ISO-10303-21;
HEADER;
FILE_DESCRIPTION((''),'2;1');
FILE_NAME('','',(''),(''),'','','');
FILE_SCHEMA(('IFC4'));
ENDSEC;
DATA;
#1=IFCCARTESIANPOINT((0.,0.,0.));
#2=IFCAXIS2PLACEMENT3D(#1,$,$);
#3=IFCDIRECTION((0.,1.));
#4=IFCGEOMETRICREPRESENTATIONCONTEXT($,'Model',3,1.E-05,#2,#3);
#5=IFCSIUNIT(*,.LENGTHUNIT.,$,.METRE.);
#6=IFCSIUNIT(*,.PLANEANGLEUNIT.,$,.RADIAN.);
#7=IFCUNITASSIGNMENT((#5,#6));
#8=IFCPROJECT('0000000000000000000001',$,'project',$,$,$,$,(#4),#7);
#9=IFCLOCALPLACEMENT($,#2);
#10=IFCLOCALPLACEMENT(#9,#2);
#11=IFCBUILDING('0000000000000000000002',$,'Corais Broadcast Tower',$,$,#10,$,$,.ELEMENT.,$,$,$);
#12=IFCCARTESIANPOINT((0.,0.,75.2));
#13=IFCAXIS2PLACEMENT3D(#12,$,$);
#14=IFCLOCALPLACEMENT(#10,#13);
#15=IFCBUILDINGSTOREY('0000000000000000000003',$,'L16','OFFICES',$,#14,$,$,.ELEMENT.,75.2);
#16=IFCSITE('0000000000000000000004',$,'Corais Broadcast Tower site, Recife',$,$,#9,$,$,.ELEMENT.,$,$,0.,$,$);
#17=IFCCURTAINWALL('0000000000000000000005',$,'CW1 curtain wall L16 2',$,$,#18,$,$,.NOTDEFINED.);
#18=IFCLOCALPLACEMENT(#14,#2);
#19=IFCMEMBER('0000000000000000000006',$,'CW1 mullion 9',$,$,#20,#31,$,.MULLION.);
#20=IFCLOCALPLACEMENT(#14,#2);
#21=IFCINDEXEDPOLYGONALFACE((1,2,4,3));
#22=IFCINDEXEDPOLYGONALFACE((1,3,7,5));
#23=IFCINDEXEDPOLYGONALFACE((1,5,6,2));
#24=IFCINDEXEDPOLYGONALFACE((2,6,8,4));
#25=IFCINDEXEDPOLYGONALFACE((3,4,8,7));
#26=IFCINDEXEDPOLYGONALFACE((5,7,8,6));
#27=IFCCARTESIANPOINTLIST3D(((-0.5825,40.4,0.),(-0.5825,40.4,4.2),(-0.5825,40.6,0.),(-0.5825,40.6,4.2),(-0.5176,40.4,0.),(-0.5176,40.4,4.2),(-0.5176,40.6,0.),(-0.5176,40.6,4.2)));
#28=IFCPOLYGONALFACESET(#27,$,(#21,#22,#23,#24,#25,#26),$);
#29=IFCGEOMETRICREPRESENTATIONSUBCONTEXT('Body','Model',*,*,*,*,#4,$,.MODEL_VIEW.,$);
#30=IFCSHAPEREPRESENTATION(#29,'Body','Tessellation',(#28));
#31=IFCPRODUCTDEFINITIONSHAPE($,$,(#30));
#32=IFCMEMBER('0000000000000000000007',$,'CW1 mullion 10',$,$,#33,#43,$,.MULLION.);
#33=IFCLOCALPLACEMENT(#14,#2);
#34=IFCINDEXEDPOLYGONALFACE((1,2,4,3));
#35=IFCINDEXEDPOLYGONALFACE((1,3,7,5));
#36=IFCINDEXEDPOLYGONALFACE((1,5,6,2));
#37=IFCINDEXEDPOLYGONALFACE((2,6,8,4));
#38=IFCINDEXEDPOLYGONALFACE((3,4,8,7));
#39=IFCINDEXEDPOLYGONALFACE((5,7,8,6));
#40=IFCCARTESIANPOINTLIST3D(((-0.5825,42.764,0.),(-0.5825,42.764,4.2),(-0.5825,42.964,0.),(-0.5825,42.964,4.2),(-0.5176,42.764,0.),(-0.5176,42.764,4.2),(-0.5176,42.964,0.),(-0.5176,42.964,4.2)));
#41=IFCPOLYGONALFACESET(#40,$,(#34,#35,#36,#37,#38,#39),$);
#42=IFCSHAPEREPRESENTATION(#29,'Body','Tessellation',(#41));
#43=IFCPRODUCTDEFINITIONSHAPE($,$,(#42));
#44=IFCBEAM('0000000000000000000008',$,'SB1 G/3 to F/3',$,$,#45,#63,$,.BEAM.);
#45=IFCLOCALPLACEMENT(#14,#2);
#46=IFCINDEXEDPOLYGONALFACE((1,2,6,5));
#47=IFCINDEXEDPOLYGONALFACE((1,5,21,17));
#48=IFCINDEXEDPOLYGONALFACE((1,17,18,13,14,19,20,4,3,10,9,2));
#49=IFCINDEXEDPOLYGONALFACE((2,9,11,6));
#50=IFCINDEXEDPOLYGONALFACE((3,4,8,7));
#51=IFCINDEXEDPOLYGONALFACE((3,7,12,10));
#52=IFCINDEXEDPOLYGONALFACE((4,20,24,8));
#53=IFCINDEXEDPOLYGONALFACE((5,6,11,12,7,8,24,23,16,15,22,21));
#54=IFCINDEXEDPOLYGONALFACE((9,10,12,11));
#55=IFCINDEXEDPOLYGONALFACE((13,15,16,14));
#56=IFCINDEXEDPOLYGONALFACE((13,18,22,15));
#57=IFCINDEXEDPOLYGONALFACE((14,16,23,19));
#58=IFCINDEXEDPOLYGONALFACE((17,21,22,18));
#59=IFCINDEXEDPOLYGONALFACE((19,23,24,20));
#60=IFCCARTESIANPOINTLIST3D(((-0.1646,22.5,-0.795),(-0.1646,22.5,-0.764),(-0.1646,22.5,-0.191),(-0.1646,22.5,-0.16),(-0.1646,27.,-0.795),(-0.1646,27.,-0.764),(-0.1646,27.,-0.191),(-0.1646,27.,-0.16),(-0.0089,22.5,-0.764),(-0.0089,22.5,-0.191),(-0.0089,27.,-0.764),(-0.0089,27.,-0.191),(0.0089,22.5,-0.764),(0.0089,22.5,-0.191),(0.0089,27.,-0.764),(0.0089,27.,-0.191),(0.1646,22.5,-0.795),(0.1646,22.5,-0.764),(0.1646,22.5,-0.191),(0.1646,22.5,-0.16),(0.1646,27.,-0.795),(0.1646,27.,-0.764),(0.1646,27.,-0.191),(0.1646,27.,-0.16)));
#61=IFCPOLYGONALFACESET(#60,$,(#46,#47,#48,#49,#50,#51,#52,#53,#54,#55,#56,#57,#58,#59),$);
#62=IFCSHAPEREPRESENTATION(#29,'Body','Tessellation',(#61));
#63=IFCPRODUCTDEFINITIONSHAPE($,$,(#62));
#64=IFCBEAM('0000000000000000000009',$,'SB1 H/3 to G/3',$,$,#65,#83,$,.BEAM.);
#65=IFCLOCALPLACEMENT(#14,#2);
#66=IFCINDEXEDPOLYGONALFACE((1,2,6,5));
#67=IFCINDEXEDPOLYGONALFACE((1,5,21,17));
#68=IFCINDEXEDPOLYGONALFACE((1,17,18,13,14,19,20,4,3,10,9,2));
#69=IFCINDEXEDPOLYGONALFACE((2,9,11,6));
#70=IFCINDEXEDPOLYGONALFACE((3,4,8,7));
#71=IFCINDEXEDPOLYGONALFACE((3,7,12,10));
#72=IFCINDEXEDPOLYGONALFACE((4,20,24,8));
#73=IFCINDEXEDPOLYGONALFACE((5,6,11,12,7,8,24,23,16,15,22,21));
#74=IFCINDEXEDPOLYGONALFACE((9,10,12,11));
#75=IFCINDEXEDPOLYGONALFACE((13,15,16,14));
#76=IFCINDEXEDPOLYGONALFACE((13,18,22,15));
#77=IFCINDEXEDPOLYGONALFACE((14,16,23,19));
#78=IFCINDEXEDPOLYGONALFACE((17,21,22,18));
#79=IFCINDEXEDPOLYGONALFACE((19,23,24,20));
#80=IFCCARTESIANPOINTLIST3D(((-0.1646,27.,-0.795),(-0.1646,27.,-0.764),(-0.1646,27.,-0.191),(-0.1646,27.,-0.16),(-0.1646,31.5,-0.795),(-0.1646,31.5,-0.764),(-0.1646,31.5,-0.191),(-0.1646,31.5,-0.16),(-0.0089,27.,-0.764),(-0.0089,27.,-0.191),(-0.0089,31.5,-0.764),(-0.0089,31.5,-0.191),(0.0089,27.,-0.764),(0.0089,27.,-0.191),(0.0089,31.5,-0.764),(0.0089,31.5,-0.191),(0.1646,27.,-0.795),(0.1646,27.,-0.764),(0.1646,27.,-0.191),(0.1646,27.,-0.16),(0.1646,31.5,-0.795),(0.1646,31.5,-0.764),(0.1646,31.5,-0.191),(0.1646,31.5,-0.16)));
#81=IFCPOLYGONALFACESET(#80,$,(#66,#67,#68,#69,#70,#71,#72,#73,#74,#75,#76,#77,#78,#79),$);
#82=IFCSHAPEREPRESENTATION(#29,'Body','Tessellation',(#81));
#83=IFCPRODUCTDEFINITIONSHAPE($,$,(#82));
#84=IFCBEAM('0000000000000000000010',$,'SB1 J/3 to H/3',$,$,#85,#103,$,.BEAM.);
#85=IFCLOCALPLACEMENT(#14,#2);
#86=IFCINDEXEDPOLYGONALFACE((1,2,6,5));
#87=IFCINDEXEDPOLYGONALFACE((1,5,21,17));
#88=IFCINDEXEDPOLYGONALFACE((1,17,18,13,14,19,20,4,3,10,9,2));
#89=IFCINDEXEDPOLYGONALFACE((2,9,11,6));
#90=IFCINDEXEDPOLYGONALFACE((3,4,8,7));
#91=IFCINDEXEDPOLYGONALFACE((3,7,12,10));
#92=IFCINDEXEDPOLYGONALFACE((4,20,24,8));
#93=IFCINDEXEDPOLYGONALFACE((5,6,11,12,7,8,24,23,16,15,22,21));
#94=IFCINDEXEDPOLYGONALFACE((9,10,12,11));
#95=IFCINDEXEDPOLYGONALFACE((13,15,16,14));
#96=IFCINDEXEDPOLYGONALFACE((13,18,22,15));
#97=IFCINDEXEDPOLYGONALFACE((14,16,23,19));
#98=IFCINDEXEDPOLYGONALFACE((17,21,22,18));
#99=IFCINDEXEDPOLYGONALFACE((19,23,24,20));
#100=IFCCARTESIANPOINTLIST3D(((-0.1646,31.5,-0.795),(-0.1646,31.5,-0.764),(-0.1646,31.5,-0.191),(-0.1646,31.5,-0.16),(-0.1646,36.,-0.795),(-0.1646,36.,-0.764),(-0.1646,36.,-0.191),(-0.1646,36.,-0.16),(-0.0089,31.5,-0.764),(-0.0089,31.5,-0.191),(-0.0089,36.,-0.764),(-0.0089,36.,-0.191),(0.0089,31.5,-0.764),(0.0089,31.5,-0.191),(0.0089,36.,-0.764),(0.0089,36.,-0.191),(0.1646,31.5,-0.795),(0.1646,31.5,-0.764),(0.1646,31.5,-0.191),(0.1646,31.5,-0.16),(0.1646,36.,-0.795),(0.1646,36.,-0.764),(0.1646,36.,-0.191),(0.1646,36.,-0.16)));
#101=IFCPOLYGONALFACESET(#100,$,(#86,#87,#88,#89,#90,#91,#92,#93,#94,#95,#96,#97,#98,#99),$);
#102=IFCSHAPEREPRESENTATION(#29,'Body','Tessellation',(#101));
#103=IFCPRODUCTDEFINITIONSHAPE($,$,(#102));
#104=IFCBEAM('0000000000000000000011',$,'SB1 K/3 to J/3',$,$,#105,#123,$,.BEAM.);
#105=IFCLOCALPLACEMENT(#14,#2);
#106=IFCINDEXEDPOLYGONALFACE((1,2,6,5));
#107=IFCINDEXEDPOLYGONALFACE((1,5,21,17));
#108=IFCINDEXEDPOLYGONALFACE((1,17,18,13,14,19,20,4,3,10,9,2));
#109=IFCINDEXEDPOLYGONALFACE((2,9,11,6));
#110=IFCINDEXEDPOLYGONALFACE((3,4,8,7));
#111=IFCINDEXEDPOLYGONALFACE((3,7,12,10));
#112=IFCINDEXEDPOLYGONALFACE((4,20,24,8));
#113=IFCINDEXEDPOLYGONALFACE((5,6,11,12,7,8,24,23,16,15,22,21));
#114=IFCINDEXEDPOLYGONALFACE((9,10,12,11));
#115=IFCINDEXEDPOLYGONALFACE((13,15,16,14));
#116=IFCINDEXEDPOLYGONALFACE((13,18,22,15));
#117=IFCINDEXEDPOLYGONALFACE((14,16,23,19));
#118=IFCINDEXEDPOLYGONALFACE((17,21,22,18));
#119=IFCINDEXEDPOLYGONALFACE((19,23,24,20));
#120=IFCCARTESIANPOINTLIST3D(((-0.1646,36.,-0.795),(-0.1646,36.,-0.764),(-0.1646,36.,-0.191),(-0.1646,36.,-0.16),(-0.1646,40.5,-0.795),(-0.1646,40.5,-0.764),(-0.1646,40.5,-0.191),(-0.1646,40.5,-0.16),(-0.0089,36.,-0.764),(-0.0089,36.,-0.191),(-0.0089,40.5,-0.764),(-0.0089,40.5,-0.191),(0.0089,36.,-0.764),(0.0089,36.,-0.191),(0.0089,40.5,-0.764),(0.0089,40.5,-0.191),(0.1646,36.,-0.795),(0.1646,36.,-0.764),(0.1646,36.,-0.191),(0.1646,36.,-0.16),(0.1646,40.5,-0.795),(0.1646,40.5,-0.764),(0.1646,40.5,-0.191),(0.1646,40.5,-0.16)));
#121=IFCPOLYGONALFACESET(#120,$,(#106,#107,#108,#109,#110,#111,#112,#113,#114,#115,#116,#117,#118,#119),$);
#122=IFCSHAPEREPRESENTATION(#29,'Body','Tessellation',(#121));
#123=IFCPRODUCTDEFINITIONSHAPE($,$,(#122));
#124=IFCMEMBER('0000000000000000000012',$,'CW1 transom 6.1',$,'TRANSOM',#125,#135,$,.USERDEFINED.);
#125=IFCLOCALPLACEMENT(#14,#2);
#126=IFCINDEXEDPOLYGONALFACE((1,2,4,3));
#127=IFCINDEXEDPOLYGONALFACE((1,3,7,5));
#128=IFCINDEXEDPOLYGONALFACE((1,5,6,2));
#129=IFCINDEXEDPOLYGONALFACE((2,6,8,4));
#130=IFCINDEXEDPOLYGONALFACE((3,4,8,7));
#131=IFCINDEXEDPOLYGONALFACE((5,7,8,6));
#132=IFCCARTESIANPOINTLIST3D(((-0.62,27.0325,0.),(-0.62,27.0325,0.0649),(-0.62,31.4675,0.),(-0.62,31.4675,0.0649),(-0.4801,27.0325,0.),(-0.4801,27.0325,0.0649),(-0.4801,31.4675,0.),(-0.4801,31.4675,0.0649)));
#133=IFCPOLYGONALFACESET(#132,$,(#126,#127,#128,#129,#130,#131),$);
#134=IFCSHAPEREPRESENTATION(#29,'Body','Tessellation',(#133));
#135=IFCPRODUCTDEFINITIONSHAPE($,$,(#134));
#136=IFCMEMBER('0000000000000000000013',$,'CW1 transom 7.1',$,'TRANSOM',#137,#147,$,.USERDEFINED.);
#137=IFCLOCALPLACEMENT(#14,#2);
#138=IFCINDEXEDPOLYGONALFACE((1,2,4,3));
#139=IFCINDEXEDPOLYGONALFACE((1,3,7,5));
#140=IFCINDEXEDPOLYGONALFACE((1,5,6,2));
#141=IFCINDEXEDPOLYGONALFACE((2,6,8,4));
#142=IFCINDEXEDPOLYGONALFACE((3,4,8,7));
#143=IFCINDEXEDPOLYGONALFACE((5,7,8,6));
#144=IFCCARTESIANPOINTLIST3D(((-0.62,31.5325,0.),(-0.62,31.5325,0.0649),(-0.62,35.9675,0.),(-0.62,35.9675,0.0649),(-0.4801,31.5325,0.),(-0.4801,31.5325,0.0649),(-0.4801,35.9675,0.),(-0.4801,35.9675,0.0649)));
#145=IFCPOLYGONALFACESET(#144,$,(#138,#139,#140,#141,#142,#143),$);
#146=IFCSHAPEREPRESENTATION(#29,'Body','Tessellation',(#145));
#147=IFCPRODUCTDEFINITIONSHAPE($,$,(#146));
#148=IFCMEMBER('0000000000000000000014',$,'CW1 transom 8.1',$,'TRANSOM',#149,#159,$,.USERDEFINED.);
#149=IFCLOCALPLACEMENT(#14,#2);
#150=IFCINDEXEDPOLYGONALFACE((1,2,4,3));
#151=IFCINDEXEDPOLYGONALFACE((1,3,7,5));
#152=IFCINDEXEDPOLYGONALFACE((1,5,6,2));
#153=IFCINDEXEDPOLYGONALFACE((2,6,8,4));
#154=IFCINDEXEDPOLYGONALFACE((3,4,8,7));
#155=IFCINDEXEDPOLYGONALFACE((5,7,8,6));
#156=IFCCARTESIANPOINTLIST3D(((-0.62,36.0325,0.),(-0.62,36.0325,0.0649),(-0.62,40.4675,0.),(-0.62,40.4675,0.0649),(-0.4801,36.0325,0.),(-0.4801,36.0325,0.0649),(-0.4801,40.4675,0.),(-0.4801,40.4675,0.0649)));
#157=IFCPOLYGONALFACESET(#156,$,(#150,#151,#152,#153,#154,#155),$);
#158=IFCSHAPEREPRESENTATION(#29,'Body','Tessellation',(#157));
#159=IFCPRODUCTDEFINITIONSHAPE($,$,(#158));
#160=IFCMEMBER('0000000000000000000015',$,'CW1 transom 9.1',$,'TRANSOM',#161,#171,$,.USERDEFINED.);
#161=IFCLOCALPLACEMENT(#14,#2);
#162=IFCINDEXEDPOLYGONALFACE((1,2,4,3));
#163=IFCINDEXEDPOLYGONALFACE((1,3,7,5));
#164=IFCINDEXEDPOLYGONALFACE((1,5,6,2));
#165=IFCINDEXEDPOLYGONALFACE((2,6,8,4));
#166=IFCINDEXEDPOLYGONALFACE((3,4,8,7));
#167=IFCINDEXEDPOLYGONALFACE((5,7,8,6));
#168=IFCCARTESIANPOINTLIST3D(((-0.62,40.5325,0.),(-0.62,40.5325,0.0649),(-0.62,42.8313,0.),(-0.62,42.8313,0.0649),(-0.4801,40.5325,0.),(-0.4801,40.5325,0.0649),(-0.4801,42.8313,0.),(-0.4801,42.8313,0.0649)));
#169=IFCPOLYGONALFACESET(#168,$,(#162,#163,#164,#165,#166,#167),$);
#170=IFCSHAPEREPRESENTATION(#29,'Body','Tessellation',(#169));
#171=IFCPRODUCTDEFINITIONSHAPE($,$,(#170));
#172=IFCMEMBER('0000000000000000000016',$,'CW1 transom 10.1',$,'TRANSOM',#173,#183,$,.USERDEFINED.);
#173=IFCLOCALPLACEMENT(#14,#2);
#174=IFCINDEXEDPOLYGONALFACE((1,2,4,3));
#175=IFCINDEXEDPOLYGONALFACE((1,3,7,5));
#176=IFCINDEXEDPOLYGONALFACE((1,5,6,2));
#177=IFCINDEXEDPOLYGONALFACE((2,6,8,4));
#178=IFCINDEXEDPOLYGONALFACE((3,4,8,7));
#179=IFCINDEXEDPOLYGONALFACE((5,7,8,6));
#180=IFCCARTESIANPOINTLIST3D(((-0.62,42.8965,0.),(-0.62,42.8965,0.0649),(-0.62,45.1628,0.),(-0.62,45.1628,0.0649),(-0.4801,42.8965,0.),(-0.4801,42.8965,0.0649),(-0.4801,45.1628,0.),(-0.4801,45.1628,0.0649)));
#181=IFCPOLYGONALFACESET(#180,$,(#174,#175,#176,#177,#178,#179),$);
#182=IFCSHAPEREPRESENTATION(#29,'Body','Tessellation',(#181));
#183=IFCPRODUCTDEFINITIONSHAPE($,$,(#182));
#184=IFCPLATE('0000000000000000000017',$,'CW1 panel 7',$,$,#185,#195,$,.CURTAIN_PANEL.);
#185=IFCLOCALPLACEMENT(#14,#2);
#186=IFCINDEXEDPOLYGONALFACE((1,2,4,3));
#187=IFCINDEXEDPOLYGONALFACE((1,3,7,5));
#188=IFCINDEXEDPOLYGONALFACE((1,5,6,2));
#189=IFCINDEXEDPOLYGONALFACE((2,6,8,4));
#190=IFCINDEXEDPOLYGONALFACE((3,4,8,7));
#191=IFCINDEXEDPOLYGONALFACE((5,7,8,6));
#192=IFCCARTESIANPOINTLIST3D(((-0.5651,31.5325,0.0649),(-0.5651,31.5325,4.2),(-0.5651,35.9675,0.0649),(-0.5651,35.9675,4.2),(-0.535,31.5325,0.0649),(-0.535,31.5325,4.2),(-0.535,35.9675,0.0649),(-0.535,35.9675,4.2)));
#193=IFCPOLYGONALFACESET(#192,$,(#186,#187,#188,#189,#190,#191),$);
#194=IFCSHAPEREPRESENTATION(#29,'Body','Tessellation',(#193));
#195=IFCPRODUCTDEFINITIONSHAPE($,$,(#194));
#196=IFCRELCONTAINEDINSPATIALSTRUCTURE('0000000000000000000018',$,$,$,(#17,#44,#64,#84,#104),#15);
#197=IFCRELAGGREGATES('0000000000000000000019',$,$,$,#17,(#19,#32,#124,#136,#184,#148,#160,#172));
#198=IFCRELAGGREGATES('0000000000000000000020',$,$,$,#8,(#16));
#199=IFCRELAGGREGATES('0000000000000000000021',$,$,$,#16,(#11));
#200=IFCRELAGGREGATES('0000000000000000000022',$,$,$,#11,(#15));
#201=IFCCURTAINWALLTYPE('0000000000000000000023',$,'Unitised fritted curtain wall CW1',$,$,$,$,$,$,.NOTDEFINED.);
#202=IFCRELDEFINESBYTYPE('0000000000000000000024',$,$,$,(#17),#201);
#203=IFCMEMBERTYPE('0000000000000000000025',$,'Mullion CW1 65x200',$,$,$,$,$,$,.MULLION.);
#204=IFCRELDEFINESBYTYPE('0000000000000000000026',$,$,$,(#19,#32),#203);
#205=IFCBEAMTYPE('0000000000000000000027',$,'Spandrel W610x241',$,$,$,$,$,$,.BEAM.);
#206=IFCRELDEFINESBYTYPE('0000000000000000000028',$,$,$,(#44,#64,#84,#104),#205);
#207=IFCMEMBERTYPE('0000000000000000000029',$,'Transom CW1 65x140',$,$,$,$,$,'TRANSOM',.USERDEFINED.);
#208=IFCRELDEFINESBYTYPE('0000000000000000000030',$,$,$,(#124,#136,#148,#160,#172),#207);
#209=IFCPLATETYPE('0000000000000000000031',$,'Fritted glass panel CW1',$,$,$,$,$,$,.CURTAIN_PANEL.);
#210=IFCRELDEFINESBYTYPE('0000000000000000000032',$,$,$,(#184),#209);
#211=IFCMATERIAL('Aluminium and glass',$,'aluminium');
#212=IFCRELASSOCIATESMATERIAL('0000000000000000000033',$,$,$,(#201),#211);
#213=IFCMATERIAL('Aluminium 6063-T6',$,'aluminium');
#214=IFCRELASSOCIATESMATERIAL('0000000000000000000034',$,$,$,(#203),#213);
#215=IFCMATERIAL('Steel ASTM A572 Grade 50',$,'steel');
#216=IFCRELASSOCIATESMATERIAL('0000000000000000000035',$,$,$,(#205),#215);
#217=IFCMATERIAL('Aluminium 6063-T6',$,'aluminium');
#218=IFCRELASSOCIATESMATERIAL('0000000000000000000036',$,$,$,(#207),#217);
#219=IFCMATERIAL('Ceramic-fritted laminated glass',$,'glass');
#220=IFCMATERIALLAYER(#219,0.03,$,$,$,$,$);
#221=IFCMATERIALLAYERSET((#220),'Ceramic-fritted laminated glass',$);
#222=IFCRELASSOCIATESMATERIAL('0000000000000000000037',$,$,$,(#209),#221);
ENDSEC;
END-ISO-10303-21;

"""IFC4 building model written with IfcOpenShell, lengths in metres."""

from ifc_helpers import new_model, si_unit, direction, frame, origin, origin_2d, place, context, subcontext, project, spatial, rectangle, i_section, extrude, material, layer, layer_set, material_profile, profile_set, type_object, element, aggregate, save


model = new_model("IFC4")

# Units and contexts
model_context = context("Model", 3, precision=1e-05, world=origin(), true_north=direction((0.0, 1.0)))
body_context = subcontext(model_context, "Body", "Model", "MODEL_VIEW")
ifc_project = project(units=[si_unit("LENGTHUNIT", "METRE"), si_unit("PLANEANGLEUNIT", "RADIAN")], contexts=[model_context])

# Site, building, storey
site_placement = place(None, origin())
site = spatial("IfcSite", under=ifc_project, at=site_placement, Name="Corais Broadcast Tower site, Recife", CompositionType="ELEMENT", RefElevation=0.0)
building_placement = place(site_placement, origin())
building = spatial("IfcBuilding", under=site, at=building_placement, Name="Corais Broadcast Tower", CompositionType="ELEMENT")
storey_placement = place(building_placement, frame((0.0, 0.0, 75.2)))
storey = spatial("IfcBuildingStorey", under=building, at=storey_placement, Name="L16", Description="OFFICES", CompositionType="ELEMENT", Elevation=75.2)

# Curtain wall, members
ifc_material_1 = material(Name="Aluminium and glass", Category="aluminium")
curtain_wall_type = type_object("IfcCurtainWallType", Name="Unitised fritted curtain wall CW1", PredefinedType="NOTDEFINED", material=ifc_material_1)
curtain_wall_placement = place(storey_placement, origin())
curtain_wall = element("IfcCurtainWall", 1, at=curtain_wall_placement, inside=storey, type_object=curtain_wall_type, Name="CW1 curtain wall L16 2", PredefinedType="NOTDEFINED")
ifc_material_2 = material(Name="Aluminium 6063-T6", Category="aluminium")
ifc_material_profile_1 = material_profile(ifc_material_2, rectangle(XDim=0.0649, YDim=0.2, at=origin_2d()), Name="Mullion CW1 65x200")
ifc_profile_set_1 = profile_set([ifc_material_profile_1], Name="Aluminium 6063-T6")
member_type_1 = type_object("IfcMemberType", Name="Mullion CW1 65x200", PredefinedType="MULLION", material=ifc_profile_set_1)
member_1_placement = place(storey_placement, frame((-0.55, 40.5, 0.0), z_axis=(0.0, 0.0, 1.0), x_axis=(-1.0, 0.0, 0.0)))
member_1 = element("IfcMember", 2, at=member_1_placement, type_object=member_type_1, Name="CW1 mullion 9", PredefinedType="MULLION", context=body_context, shape_type="SweptSolid", body=[
    extrude(rectangle(XDim=0.0649, YDim=0.2, at=origin_2d()), origin(), (0.0, 0.0, 1.0), 4.2),
])
member_2_placement = place(storey_placement, frame((-0.55, 42.864, 0.0), z_axis=(0.0, 0.0, 1.0), x_axis=(-1.0, 0.0, 0.0)))
member_2 = element("IfcMember", 3, at=member_2_placement, type_object=member_type_1, Name="CW1 mullion 10", PredefinedType="MULLION", context=body_context, shape_type="SweptSolid", body=[
    extrude(rectangle(XDim=0.0649, YDim=0.2, at=origin_2d()), origin(), (0.0, 0.0, 1.0), 4.2),
])

# Beams
ifc_material_3 = material(Name="Steel ASTM A572 Grade 50", Category="steel")
ifc_material_profile_2 = material_profile(ifc_material_3, i_section(OverallWidth=0.3291, OverallDepth=0.635, WebThickness=0.0178, FlangeThickness=0.031, at=origin_2d()), Name="W610x241")
ifc_profile_set_2 = profile_set([ifc_material_profile_2], Name="Steel ASTM A572 Grade 50")
beam_type_1 = type_object("IfcBeamType", Name="Spandrel W610x241", PredefinedType="BEAM", material=ifc_profile_set_2)
for number, where, z_axis, x_axis, name in (
    (4, (0.0, 27.0, -0.4775), (0.0, -1.0, 0.0), (1.0, 0.0, 0.0), "SB1 G/3 to F/3"),
    (5, (0.0, 31.5, -0.4775), (0.0, -1.0, 0.0), (1.0, 0.0, 0.0), "SB1 H/3 to G/3"),
    (6, (0.0, 36.0, -0.4775), (0.0, -1.0, 0.0), (1.0, 0.0, 0.0), "SB1 J/3 to H/3"),
    (7, (0.0, 40.5, -0.4775), (0.0, -1.0, 0.0), (1.0, 0.0, 0.0), "SB1 K/3 to J/3"),
):
    element("IfcBeam", number, at=place(storey_placement, frame(where, z_axis=z_axis, x_axis=x_axis)), inside=storey, type_object=beam_type_1, Name=name, PredefinedType="BEAM", context=body_context, shape_type="SweptSolid", body=[
        extrude(i_section(OverallWidth=0.3291, OverallDepth=0.635, WebThickness=0.0178, FlangeThickness=0.031, at=origin_2d()), origin(), (0.0, 0.0, 1.0), 4.5),
    ])

# Members
ifc_material_4 = material(Name="Aluminium 6063-T6", Category="aluminium")
ifc_material_profile_3 = material_profile(ifc_material_4, rectangle(XDim=0.1399, YDim=0.0649, at=origin_2d()), Name="Transom CW1 65x140")
ifc_profile_set_3 = profile_set([ifc_material_profile_3], Name="Aluminium 6063-T6")
member_type_2 = type_object("IfcMemberType", Name="Transom CW1 65x140", ElementType="TRANSOM", PredefinedType="USERDEFINED", material=ifc_profile_set_3)
member_3_placement = place(storey_placement, frame((-0.55, 27.0325, 0.0325), z_axis=(0.0, 1.0, 0.0), x_axis=(-1.0, 0.0, 0.0)))
member_3 = element("IfcMember", 8, at=member_3_placement, type_object=member_type_2, Name="CW1 transom 6.1", ObjectType="TRANSOM", PredefinedType="USERDEFINED", context=body_context, shape_type="SweptSolid", body=[
    extrude(rectangle(XDim=0.1399, YDim=0.0649, at=origin_2d()), origin(), (0.0, 0.0, 1.0), 4.4351),
])
member_4_placement = place(storey_placement, frame((-0.55, 31.5325, 0.0325), z_axis=(0.0, 1.0, 0.0), x_axis=(-1.0, 0.0, 0.0)))
member_4 = element("IfcMember", 9, at=member_4_placement, type_object=member_type_2, Name="CW1 transom 7.1", ObjectType="TRANSOM", PredefinedType="USERDEFINED", context=body_context, shape_type="SweptSolid", body=[
    extrude(rectangle(XDim=0.1399, YDim=0.0649, at=origin_2d()), origin(), (0.0, 0.0, 1.0), 4.4351),
])
member_5_placement = place(storey_placement, frame((-0.55, 36.0325, 0.0325), z_axis=(0.0, 1.0, 0.0), x_axis=(-1.0, 0.0, 0.0)))
member_5 = element("IfcMember", 10, at=member_5_placement, type_object=member_type_2, Name="CW1 transom 8.1", ObjectType="TRANSOM", PredefinedType="USERDEFINED", context=body_context, shape_type="SweptSolid", body=[
    extrude(rectangle(XDim=0.1399, YDim=0.0649, at=origin_2d()), origin(), (0.0, 0.0, 1.0), 4.4351),
])
member_6_placement = place(storey_placement, frame((-0.55, 40.5325, 0.0325), z_axis=(0.0, 1.0, 0.0), x_axis=(-1.0, 0.0, 0.0)))
member_6 = element("IfcMember", 11, at=member_6_placement, type_object=member_type_2, Name="CW1 transom 9.1", ObjectType="TRANSOM", PredefinedType="USERDEFINED", context=body_context, shape_type="SweptSolid", body=[
    extrude(rectangle(XDim=0.1399, YDim=0.0649, at=origin_2d()), origin(), (0.0, 0.0, 1.0), 2.2988),
])
member_7_placement = place(storey_placement, frame((-0.55, 42.8965, 0.0325), z_axis=(0.0, 1.0, 0.0), x_axis=(-1.0, 0.0, 0.0)))
member_7 = element("IfcMember", 12, at=member_7_placement, type_object=member_type_2, Name="CW1 transom 10.1", ObjectType="TRANSOM", PredefinedType="USERDEFINED", context=body_context, shape_type="SweptSolid", body=[
    extrude(rectangle(XDim=0.1399, YDim=0.0649, at=origin_2d()), origin(), (0.0, 0.0, 1.0), 2.2664),
])

# Plate
ifc_material_5 = material(Name="Ceramic-fritted laminated glass", Category="glass")
ifc_layer_1 = layer(ifc_material_5, 0.03)
ifc_layer_set_1 = layer_set([ifc_layer_1], Name="Ceramic-fritted laminated glass")
plate_type_1 = type_object("IfcPlateType", Name="Fritted glass panel CW1", PredefinedType="CURTAIN_PANEL", material=ifc_layer_set_1)
plate_1_placement = place(storey_placement, frame((-0.55, 33.75, 0.0649), z_axis=(0.0, 0.0, 1.0), x_axis=(0.0, 1.0, 0.0)))
plate_1 = element("IfcPlate", 13, at=plate_1_placement, type_object=plate_type_1, Name="CW1 panel 7", PredefinedType="CURTAIN_PANEL", context=body_context, shape_type="SweptSolid", body=[
    extrude(rectangle(XDim=4.4351, YDim=0.03, at=origin_2d()), origin(), (0.0, 0.0, 1.0), 4.135),
])
aggregate(curtain_wall, [member_1, member_2, member_3, member_4, plate_1, member_5, member_6, member_7])

save(model, "model.ifc")
